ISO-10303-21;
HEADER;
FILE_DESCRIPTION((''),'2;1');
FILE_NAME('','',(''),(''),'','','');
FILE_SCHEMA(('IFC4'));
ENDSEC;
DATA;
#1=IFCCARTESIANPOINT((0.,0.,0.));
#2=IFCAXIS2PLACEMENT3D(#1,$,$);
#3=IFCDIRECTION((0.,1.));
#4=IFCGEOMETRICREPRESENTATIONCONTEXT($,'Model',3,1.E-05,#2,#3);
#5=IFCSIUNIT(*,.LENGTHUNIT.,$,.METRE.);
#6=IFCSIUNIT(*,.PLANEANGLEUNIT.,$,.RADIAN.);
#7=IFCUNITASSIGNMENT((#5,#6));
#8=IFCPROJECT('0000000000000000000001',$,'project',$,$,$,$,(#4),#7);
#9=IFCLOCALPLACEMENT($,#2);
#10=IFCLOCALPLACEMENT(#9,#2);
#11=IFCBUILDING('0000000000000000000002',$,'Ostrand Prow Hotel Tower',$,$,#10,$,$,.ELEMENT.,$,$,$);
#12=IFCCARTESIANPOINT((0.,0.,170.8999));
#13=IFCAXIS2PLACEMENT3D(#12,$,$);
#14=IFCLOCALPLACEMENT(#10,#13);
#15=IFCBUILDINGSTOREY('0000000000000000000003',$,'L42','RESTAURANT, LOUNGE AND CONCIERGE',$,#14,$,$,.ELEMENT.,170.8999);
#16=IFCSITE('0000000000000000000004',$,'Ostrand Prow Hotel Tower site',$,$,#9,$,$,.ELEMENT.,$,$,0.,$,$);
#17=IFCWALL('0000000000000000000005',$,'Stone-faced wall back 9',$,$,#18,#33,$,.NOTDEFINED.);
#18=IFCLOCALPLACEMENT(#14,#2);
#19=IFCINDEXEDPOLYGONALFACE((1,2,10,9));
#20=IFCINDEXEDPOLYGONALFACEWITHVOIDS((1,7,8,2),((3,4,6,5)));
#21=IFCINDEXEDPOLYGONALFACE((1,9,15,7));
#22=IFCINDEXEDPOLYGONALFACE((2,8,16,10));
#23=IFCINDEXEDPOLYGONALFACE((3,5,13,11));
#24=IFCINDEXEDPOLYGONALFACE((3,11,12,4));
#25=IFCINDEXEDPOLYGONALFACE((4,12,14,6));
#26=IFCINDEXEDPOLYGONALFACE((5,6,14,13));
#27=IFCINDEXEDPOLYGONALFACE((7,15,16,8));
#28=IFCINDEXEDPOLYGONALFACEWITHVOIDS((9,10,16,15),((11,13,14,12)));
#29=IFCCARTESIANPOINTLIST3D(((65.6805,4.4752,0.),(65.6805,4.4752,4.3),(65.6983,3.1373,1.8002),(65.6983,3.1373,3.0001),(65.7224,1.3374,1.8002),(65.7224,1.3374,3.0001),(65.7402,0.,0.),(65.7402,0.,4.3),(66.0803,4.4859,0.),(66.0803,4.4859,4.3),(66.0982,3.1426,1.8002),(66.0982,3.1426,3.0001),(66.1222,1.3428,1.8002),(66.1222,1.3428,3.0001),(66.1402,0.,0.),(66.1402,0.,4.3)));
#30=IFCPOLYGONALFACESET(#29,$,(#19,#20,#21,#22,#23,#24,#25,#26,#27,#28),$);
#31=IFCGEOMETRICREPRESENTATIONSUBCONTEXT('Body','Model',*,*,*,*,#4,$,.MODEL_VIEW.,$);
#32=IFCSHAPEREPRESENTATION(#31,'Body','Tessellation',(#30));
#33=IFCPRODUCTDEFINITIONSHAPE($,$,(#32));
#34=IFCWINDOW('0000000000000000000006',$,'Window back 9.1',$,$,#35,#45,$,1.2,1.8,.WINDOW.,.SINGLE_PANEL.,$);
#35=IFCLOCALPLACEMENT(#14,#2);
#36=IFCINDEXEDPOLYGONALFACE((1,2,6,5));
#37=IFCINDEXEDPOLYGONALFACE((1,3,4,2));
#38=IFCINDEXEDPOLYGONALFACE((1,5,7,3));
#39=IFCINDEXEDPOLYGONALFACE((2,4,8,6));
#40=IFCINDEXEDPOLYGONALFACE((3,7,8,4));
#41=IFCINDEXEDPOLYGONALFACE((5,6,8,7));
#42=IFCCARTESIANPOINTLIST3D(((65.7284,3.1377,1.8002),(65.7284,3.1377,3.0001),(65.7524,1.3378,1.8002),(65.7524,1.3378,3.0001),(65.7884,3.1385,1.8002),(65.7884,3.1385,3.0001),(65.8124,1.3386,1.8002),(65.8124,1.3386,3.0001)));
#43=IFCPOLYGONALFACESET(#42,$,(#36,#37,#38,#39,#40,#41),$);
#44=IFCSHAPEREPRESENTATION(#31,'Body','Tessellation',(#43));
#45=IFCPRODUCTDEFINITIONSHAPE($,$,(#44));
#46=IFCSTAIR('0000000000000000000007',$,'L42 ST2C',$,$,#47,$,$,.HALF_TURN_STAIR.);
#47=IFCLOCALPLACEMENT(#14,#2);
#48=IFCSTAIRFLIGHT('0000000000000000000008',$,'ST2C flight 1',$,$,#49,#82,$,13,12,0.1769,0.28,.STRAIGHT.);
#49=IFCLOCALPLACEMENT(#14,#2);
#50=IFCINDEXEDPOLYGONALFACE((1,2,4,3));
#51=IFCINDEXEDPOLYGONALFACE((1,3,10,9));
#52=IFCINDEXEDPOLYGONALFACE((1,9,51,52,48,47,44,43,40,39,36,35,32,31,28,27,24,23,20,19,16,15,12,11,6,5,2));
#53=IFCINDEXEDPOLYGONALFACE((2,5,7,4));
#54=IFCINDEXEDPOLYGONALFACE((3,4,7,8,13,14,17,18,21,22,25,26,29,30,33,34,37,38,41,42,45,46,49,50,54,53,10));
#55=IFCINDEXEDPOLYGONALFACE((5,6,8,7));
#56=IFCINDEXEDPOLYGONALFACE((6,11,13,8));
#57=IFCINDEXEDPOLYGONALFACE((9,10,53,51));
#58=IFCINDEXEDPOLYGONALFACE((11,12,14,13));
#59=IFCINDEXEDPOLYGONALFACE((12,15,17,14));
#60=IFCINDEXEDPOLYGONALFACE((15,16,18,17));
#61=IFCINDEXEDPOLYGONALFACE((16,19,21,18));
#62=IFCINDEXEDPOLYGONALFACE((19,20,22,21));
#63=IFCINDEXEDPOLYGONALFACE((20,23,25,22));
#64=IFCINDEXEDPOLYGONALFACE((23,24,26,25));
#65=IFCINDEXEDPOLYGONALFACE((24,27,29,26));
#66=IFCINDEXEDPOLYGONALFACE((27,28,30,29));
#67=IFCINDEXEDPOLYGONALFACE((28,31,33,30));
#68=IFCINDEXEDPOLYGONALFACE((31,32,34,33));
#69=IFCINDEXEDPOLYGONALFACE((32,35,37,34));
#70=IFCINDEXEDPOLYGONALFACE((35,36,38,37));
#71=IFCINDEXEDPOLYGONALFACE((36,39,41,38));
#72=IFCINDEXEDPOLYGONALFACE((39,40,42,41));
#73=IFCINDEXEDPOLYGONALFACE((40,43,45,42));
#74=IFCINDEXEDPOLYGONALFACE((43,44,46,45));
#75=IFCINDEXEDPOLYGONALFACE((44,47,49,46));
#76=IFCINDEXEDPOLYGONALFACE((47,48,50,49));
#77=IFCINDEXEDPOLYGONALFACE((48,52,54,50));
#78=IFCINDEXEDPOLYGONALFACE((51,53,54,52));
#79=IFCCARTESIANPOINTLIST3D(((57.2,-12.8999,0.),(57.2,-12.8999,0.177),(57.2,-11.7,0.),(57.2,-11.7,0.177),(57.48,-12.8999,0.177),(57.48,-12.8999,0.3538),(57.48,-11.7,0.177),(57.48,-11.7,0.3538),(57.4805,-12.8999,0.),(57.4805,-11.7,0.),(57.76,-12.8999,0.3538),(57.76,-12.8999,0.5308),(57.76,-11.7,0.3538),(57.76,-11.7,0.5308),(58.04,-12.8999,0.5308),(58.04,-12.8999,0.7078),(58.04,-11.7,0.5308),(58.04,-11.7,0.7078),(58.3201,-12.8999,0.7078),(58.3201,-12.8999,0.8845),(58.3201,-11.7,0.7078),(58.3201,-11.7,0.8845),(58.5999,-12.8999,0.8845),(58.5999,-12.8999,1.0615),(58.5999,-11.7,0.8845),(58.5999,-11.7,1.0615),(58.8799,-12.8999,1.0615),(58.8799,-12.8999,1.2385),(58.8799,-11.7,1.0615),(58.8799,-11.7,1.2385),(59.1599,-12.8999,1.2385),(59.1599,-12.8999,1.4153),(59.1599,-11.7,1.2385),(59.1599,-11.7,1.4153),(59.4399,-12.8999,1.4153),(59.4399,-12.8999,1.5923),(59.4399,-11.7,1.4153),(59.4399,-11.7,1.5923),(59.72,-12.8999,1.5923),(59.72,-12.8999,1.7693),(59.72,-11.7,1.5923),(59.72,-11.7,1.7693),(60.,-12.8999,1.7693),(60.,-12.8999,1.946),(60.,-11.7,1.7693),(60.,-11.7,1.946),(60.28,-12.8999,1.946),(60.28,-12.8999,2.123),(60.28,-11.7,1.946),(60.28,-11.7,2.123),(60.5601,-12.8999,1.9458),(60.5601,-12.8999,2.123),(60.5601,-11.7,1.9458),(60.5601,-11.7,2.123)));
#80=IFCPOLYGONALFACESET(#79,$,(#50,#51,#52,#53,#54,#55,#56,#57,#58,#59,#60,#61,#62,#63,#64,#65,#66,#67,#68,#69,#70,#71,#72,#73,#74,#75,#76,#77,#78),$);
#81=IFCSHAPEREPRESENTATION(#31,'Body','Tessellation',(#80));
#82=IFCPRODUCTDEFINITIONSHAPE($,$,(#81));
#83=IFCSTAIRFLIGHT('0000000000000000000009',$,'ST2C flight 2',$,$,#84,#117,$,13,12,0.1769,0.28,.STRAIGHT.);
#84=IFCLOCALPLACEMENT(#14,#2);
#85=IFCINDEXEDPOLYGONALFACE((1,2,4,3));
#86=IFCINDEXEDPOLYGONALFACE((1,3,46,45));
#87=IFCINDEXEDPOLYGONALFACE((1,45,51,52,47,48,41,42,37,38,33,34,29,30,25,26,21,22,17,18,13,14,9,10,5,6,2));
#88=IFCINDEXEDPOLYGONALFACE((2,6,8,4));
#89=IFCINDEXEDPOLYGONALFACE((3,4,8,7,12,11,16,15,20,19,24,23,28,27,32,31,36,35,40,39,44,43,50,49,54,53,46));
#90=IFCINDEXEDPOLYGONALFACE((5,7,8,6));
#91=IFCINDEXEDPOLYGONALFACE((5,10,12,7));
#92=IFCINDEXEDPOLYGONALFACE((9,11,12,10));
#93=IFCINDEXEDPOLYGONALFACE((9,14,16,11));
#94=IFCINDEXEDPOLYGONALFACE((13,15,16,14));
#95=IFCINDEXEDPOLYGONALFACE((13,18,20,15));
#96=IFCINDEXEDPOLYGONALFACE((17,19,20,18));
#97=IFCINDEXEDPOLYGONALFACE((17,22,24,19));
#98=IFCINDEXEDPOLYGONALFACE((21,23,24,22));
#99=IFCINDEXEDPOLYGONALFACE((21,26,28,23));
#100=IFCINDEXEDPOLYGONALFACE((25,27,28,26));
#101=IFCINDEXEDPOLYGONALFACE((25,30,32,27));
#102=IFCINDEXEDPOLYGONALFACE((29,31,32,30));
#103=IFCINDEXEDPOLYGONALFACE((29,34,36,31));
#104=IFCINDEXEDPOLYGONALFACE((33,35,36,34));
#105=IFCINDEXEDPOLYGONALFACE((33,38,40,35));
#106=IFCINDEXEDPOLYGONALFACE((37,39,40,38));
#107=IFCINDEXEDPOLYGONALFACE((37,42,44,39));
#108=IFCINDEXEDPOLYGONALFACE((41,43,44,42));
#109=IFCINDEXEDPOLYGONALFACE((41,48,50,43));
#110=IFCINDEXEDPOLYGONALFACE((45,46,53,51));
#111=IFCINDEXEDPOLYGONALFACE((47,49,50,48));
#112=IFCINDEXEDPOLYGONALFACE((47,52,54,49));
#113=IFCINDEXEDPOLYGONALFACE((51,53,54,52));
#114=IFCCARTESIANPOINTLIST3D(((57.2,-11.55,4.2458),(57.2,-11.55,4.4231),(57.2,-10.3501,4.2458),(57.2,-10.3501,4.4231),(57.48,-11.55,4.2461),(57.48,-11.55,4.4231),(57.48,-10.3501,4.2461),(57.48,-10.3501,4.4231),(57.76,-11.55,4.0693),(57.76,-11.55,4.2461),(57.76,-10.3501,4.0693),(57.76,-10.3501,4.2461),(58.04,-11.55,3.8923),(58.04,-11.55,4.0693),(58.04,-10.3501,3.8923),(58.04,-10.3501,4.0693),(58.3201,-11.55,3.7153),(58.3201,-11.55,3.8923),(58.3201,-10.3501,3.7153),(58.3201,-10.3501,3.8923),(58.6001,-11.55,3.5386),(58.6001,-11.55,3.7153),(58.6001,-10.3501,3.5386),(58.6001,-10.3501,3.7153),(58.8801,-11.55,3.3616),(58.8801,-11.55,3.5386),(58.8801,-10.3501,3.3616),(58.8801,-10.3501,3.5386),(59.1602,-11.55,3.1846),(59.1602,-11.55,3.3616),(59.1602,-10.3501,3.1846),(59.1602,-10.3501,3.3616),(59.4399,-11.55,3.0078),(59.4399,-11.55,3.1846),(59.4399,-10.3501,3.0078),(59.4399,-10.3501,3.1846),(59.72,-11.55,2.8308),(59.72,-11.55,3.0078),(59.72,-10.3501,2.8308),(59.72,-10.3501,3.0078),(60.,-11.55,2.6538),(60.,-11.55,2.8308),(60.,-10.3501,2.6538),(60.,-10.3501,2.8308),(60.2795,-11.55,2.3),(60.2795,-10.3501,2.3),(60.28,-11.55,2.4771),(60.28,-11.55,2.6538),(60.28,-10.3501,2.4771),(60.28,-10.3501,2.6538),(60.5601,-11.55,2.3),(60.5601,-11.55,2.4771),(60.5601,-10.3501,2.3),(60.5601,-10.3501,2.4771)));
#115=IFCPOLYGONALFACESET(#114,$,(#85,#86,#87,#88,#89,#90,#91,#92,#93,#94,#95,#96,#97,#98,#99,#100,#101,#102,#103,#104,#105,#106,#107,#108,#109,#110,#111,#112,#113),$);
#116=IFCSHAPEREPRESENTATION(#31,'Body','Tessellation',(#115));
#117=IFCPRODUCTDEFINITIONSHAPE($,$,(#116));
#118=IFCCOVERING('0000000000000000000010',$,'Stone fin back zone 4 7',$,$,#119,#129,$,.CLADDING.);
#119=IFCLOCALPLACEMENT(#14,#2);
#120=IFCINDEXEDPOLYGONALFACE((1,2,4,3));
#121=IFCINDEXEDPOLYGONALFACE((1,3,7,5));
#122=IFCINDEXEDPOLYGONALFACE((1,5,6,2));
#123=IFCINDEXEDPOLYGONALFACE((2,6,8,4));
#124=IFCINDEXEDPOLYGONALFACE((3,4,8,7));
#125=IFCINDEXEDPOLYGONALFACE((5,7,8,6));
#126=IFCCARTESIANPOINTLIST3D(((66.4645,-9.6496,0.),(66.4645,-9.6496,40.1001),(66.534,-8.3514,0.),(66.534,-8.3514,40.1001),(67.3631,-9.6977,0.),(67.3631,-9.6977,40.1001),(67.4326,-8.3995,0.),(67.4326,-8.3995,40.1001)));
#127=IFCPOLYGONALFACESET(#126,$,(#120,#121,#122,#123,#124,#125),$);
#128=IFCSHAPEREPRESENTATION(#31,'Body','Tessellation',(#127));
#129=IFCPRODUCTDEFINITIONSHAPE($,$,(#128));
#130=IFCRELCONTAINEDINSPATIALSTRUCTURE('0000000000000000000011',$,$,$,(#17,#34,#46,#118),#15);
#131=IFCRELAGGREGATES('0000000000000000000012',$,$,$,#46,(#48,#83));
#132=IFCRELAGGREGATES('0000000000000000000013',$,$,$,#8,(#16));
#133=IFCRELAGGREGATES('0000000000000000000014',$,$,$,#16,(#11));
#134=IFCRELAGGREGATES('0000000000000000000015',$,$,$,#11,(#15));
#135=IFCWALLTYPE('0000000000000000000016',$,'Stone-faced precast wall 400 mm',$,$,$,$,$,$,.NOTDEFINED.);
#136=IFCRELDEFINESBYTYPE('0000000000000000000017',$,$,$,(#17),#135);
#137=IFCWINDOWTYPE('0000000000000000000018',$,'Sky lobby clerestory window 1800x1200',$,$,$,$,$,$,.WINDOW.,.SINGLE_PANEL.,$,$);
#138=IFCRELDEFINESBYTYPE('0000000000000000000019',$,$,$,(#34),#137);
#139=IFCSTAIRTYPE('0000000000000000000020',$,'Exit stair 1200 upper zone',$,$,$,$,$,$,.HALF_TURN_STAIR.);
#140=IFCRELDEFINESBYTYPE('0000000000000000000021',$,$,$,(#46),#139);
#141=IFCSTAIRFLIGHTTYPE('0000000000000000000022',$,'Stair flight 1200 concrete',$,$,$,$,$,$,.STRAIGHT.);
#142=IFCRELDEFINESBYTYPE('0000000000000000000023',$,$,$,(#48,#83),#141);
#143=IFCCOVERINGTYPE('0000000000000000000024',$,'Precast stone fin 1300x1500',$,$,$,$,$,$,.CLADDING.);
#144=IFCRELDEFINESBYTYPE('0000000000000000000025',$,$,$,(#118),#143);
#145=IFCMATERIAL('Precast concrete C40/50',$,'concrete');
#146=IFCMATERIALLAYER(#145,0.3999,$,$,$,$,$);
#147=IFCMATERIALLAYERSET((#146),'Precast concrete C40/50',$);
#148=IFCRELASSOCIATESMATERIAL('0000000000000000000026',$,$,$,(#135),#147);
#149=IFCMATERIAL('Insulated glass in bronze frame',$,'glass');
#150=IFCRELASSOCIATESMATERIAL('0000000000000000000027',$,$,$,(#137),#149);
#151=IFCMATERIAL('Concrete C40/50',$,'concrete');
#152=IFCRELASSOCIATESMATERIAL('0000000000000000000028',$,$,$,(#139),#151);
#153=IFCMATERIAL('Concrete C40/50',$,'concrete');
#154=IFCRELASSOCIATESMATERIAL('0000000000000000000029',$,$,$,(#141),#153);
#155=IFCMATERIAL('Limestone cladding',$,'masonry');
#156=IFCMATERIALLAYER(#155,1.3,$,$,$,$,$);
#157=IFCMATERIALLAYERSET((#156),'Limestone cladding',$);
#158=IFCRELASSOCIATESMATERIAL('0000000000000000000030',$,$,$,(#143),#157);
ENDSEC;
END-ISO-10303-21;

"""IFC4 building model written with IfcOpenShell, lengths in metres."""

from ifc_helpers import new_model, si_unit, direction, frame, frame_2d, origin, place, context, subcontext, project, spatial, polyline, rectangle, outline, extrude, material, layer, layer_set, type_object, element, fill, aggregate, save


model = new_model("IFC4")

# Units and contexts
model_context = context("Model", 3, precision=1e-05, world=origin(), true_north=direction((0.0, 1.0)))
body_context = subcontext(model_context, "Body", "Model", "MODEL_VIEW")
ifc_project = project(units=[si_unit("LENGTHUNIT", "METRE"), si_unit("PLANEANGLEUNIT", "RADIAN")], contexts=[model_context])

# Site, building, storey
site_placement = place(None, origin())
site = spatial("IfcSite", under=ifc_project, at=site_placement, Name="Ostrand Prow Hotel Tower site", CompositionType="ELEMENT", RefElevation=0.0)
building_placement = place(site_placement, origin())
building = spatial("IfcBuilding", under=site, at=building_placement, Name="Ostrand Prow Hotel Tower", CompositionType="ELEMENT")
storey_placement = place(building_placement, frame((0.0, 0.0, 170.8999)))
storey = spatial("IfcBuildingStorey", under=building, at=storey_placement, Name="L42", Description="RESTAURANT, LOUNGE AND CONCIERGE", CompositionType="ELEMENT", Elevation=170.8999)

# Shared definitions
ifc_material_1 = material(Name="Precast concrete C40/50", Category="concrete")
ifc_layer_1 = layer(ifc_material_1, 0.3999)
ifc_layer_set_1 = layer_set([ifc_layer_1], Name="Precast concrete C40/50")
wall_type_1 = type_object("IfcWallType", Name="Stone-faced precast wall 400 mm", PredefinedType="NOTDEFINED", material=ifc_layer_set_1)
ifc_material_2 = material(Name="Insulated glass in bronze frame", Category="glass")
window_type = type_object("IfcWindowType", Name="Sky lobby clerestory window 1800x1200", PartitioningType="SINGLE_PANEL", PredefinedType="WINDOW", material=ifc_material_2)

# Wall, opening, window
wall_1_placement = place(storey_placement, frame((65.9402, 0.0, 0.0), z_axis=(0.0, 0.0, 1.0), x_axis=(-0.013349, 0.999911, 0.0)))
wall_1 = element("IfcWall", 1, at=wall_1_placement, inside=storey, type_object=wall_type_1, Name="Stone-faced wall back 9", PredefinedType="NOTDEFINED", context=body_context, shape_type="SweptSolid", body=[
    extrude(outline(polyline([(-0.0027, -0.2), (4.4836, -0.2), (4.4783, 0.2), (0.0027, 0.2), (-0.0027, -0.2)])), origin(), (0.0, 0.0, 1.0), 4.3),
])
opening_1_placement = place(wall_1_placement, frame((1.3403, 0.0, 1.8)))
opening_1 = element("IfcOpeningElement", 2, at=opening_1_placement, cuts=wall_1, PredefinedType="OPENING", context=body_context, shape_type="SweptSolid", body=[
    extrude(rectangle(XDim=1.8, YDim=1.2, at=frame_2d((0.8999, 0.6001))), frame((0.0, 0.21, 0.0), z_axis=(0.0, -1.0, 0.0), x_axis=(1.0, 0.0, 0.0)), (0.0, 0.0, 1.0), 0.4199),
])
window_1_placement = place(opening_1_placement, origin())
window_1 = element("IfcWindow", 3, at=window_1_placement, inside=storey, type_object=window_type, Name="Window back 9.1", OverallHeight=1.2, OverallWidth=1.8, PartitioningType="SINGLE_PANEL", PredefinedType="WINDOW", context=body_context, shape_type="SweptSolid", body=[
    extrude(rectangle(XDim=1.8, YDim=1.2, at=frame_2d((0.8999, 0.6001))), frame((0.0, 0.1699, 0.0), z_axis=(0.0, -1.0, 0.0), x_axis=(1.0, 0.0, 0.0)), (0.0, 0.0, 1.0), 0.0601),
])
fill(opening_1, window_1)

# Stair, stair flights
ifc_material_3 = material(Name="Concrete C40/50", Category="concrete")
stair_type = type_object("IfcStairType", Name="Exit stair 1200 upper zone", PredefinedType="HALF_TURN_STAIR", material=ifc_material_3)
stair_placement = place(storey_placement, origin())
stair = element("IfcStair", 4, at=stair_placement, inside=storey, type_object=stair_type, Name="L42 ST2C", PredefinedType="HALF_TURN_STAIR")
ifc_material_4 = material(Name="Concrete C40/50", Category="concrete")
stair_flight_type = type_object("IfcStairFlightType", Name="Stair flight 1200 concrete", PredefinedType="STRAIGHT", material=ifc_material_4)
stair_flight_1_placement = place(storey_placement, frame((57.2, -12.3, 0.0), z_axis=(0.0, 0.0, 1.0), x_axis=(1.0, 0.0, 0.0)))
stair_flight_1 = element("IfcStairFlight", 5, at=stair_flight_1_placement, type_object=stair_flight_type, Name="ST2C flight 1", NumberOfRisers=13, NumberOfTreads=12, PredefinedType="STRAIGHT", RiserHeight=0.1769, TreadLength=0.28, context=body_context, shape_type="SweptSolid", body=[
    extrude(outline(polyline([(0.0, 0.0), (0.0, 0.177), (0.28, 0.177), (0.28, 0.3538), (0.5601, 0.3538), (0.5601, 0.5308), (0.8401, 0.5308), (0.8401, 0.7078), (1.1201, 0.7078), (1.1201, 0.8845), (1.3999, 0.8845), (1.3999, 1.0615), (1.6799, 1.0615), (1.6799, 1.2385), (1.96, 1.2385), (1.96, 1.4153), (2.24, 1.4153), (2.24, 1.5923), (2.52, 1.5923), (2.52, 1.7693), (2.8, 1.7693), (2.8, 1.946), (3.0801, 1.946), (3.0801, 2.123), (3.3601, 2.123), (3.3601, 2.3), (3.3601, 1.9458), (0.2805, 0.0), (0.0, 0.0)])), frame((0.0, 0.6001, 0.0), z_axis=(0.0, -1.0, 0.0), x_axis=(1.0, 0.0, 0.0)), (0.0, 0.0, 1.0), 1.2),
])
stair_flight_2_placement = place(storey_placement, frame((60.5601, -10.95, 2.3), z_axis=(0.0, 0.0, 1.0), x_axis=(-1.0, 0.0, 0.0)))
stair_flight_2 = element("IfcStairFlight", 6, at=stair_flight_2_placement, type_object=stair_flight_type, Name="ST2C flight 2", NumberOfRisers=13, NumberOfTreads=12, PredefinedType="STRAIGHT", RiserHeight=0.1769, TreadLength=0.28, context=body_context, shape_type="SweptSolid", body=[
    extrude(outline(polyline([(0.0, 0.0), (0.0, 0.177), (0.28, 0.177), (0.28, 0.3538), (0.5601, 0.3538), (0.5601, 0.5308), (0.8401, 0.5308), (0.8401, 0.7078), (1.1201, 0.7078), (1.1201, 0.8845), (1.3999, 0.8845), (1.3999, 1.0615), (1.6799, 1.0615), (1.6799, 1.2385), (1.96, 1.2385), (1.96, 1.4153), (2.24, 1.4153), (2.24, 1.5923), (2.52, 1.5923), (2.52, 1.7693), (2.8, 1.7693), (2.8, 1.946), (3.0801, 1.946), (3.0801, 2.123), (3.3601, 2.123), (3.3601, 2.3), (3.3601, 1.9458), (0.2805, 0.0), (0.0, 0.0)])), frame((0.0, 0.6001, 0.0), z_axis=(0.0, -1.0, 0.0), x_axis=(1.0, 0.0, 0.0)), (0.0, 0.0, 1.0), 1.2),
])
aggregate(stair, [stair_flight_1, stair_flight_2])

# Covering
ifc_material_5 = material(Name="Limestone cladding", Category="masonry")
ifc_layer_2 = layer(ifc_material_5, 1.3)
ifc_layer_set_2 = layer_set([ifc_layer_2], Name="Limestone cladding")
covering_type = type_object("IfcCoveringType", Name="Precast stone fin 1300x1500", PredefinedType="CLADDING", material=ifc_layer_set_2)
covering_placement = place(storey_placement, frame((66.4993, -9.0005, 0.0), z_axis=(0.0, 0.0, 1.0), x_axis=(0.998571, -0.053442, 0.0)))
element("IfcCovering", 7, at=covering_placement, inside=storey, type_object=covering_type, Name="Stone fin back zone 4 7", PredefinedType="CLADDING", context=body_context, shape_type="SweptSolid", body=[
    extrude(rectangle(XDim=0.8999, YDim=1.3, at=frame_2d((0.45, 0.0))), origin(), (0.0, 0.0, 1.0), 40.1001),
])

save(model, "model.ifc")
